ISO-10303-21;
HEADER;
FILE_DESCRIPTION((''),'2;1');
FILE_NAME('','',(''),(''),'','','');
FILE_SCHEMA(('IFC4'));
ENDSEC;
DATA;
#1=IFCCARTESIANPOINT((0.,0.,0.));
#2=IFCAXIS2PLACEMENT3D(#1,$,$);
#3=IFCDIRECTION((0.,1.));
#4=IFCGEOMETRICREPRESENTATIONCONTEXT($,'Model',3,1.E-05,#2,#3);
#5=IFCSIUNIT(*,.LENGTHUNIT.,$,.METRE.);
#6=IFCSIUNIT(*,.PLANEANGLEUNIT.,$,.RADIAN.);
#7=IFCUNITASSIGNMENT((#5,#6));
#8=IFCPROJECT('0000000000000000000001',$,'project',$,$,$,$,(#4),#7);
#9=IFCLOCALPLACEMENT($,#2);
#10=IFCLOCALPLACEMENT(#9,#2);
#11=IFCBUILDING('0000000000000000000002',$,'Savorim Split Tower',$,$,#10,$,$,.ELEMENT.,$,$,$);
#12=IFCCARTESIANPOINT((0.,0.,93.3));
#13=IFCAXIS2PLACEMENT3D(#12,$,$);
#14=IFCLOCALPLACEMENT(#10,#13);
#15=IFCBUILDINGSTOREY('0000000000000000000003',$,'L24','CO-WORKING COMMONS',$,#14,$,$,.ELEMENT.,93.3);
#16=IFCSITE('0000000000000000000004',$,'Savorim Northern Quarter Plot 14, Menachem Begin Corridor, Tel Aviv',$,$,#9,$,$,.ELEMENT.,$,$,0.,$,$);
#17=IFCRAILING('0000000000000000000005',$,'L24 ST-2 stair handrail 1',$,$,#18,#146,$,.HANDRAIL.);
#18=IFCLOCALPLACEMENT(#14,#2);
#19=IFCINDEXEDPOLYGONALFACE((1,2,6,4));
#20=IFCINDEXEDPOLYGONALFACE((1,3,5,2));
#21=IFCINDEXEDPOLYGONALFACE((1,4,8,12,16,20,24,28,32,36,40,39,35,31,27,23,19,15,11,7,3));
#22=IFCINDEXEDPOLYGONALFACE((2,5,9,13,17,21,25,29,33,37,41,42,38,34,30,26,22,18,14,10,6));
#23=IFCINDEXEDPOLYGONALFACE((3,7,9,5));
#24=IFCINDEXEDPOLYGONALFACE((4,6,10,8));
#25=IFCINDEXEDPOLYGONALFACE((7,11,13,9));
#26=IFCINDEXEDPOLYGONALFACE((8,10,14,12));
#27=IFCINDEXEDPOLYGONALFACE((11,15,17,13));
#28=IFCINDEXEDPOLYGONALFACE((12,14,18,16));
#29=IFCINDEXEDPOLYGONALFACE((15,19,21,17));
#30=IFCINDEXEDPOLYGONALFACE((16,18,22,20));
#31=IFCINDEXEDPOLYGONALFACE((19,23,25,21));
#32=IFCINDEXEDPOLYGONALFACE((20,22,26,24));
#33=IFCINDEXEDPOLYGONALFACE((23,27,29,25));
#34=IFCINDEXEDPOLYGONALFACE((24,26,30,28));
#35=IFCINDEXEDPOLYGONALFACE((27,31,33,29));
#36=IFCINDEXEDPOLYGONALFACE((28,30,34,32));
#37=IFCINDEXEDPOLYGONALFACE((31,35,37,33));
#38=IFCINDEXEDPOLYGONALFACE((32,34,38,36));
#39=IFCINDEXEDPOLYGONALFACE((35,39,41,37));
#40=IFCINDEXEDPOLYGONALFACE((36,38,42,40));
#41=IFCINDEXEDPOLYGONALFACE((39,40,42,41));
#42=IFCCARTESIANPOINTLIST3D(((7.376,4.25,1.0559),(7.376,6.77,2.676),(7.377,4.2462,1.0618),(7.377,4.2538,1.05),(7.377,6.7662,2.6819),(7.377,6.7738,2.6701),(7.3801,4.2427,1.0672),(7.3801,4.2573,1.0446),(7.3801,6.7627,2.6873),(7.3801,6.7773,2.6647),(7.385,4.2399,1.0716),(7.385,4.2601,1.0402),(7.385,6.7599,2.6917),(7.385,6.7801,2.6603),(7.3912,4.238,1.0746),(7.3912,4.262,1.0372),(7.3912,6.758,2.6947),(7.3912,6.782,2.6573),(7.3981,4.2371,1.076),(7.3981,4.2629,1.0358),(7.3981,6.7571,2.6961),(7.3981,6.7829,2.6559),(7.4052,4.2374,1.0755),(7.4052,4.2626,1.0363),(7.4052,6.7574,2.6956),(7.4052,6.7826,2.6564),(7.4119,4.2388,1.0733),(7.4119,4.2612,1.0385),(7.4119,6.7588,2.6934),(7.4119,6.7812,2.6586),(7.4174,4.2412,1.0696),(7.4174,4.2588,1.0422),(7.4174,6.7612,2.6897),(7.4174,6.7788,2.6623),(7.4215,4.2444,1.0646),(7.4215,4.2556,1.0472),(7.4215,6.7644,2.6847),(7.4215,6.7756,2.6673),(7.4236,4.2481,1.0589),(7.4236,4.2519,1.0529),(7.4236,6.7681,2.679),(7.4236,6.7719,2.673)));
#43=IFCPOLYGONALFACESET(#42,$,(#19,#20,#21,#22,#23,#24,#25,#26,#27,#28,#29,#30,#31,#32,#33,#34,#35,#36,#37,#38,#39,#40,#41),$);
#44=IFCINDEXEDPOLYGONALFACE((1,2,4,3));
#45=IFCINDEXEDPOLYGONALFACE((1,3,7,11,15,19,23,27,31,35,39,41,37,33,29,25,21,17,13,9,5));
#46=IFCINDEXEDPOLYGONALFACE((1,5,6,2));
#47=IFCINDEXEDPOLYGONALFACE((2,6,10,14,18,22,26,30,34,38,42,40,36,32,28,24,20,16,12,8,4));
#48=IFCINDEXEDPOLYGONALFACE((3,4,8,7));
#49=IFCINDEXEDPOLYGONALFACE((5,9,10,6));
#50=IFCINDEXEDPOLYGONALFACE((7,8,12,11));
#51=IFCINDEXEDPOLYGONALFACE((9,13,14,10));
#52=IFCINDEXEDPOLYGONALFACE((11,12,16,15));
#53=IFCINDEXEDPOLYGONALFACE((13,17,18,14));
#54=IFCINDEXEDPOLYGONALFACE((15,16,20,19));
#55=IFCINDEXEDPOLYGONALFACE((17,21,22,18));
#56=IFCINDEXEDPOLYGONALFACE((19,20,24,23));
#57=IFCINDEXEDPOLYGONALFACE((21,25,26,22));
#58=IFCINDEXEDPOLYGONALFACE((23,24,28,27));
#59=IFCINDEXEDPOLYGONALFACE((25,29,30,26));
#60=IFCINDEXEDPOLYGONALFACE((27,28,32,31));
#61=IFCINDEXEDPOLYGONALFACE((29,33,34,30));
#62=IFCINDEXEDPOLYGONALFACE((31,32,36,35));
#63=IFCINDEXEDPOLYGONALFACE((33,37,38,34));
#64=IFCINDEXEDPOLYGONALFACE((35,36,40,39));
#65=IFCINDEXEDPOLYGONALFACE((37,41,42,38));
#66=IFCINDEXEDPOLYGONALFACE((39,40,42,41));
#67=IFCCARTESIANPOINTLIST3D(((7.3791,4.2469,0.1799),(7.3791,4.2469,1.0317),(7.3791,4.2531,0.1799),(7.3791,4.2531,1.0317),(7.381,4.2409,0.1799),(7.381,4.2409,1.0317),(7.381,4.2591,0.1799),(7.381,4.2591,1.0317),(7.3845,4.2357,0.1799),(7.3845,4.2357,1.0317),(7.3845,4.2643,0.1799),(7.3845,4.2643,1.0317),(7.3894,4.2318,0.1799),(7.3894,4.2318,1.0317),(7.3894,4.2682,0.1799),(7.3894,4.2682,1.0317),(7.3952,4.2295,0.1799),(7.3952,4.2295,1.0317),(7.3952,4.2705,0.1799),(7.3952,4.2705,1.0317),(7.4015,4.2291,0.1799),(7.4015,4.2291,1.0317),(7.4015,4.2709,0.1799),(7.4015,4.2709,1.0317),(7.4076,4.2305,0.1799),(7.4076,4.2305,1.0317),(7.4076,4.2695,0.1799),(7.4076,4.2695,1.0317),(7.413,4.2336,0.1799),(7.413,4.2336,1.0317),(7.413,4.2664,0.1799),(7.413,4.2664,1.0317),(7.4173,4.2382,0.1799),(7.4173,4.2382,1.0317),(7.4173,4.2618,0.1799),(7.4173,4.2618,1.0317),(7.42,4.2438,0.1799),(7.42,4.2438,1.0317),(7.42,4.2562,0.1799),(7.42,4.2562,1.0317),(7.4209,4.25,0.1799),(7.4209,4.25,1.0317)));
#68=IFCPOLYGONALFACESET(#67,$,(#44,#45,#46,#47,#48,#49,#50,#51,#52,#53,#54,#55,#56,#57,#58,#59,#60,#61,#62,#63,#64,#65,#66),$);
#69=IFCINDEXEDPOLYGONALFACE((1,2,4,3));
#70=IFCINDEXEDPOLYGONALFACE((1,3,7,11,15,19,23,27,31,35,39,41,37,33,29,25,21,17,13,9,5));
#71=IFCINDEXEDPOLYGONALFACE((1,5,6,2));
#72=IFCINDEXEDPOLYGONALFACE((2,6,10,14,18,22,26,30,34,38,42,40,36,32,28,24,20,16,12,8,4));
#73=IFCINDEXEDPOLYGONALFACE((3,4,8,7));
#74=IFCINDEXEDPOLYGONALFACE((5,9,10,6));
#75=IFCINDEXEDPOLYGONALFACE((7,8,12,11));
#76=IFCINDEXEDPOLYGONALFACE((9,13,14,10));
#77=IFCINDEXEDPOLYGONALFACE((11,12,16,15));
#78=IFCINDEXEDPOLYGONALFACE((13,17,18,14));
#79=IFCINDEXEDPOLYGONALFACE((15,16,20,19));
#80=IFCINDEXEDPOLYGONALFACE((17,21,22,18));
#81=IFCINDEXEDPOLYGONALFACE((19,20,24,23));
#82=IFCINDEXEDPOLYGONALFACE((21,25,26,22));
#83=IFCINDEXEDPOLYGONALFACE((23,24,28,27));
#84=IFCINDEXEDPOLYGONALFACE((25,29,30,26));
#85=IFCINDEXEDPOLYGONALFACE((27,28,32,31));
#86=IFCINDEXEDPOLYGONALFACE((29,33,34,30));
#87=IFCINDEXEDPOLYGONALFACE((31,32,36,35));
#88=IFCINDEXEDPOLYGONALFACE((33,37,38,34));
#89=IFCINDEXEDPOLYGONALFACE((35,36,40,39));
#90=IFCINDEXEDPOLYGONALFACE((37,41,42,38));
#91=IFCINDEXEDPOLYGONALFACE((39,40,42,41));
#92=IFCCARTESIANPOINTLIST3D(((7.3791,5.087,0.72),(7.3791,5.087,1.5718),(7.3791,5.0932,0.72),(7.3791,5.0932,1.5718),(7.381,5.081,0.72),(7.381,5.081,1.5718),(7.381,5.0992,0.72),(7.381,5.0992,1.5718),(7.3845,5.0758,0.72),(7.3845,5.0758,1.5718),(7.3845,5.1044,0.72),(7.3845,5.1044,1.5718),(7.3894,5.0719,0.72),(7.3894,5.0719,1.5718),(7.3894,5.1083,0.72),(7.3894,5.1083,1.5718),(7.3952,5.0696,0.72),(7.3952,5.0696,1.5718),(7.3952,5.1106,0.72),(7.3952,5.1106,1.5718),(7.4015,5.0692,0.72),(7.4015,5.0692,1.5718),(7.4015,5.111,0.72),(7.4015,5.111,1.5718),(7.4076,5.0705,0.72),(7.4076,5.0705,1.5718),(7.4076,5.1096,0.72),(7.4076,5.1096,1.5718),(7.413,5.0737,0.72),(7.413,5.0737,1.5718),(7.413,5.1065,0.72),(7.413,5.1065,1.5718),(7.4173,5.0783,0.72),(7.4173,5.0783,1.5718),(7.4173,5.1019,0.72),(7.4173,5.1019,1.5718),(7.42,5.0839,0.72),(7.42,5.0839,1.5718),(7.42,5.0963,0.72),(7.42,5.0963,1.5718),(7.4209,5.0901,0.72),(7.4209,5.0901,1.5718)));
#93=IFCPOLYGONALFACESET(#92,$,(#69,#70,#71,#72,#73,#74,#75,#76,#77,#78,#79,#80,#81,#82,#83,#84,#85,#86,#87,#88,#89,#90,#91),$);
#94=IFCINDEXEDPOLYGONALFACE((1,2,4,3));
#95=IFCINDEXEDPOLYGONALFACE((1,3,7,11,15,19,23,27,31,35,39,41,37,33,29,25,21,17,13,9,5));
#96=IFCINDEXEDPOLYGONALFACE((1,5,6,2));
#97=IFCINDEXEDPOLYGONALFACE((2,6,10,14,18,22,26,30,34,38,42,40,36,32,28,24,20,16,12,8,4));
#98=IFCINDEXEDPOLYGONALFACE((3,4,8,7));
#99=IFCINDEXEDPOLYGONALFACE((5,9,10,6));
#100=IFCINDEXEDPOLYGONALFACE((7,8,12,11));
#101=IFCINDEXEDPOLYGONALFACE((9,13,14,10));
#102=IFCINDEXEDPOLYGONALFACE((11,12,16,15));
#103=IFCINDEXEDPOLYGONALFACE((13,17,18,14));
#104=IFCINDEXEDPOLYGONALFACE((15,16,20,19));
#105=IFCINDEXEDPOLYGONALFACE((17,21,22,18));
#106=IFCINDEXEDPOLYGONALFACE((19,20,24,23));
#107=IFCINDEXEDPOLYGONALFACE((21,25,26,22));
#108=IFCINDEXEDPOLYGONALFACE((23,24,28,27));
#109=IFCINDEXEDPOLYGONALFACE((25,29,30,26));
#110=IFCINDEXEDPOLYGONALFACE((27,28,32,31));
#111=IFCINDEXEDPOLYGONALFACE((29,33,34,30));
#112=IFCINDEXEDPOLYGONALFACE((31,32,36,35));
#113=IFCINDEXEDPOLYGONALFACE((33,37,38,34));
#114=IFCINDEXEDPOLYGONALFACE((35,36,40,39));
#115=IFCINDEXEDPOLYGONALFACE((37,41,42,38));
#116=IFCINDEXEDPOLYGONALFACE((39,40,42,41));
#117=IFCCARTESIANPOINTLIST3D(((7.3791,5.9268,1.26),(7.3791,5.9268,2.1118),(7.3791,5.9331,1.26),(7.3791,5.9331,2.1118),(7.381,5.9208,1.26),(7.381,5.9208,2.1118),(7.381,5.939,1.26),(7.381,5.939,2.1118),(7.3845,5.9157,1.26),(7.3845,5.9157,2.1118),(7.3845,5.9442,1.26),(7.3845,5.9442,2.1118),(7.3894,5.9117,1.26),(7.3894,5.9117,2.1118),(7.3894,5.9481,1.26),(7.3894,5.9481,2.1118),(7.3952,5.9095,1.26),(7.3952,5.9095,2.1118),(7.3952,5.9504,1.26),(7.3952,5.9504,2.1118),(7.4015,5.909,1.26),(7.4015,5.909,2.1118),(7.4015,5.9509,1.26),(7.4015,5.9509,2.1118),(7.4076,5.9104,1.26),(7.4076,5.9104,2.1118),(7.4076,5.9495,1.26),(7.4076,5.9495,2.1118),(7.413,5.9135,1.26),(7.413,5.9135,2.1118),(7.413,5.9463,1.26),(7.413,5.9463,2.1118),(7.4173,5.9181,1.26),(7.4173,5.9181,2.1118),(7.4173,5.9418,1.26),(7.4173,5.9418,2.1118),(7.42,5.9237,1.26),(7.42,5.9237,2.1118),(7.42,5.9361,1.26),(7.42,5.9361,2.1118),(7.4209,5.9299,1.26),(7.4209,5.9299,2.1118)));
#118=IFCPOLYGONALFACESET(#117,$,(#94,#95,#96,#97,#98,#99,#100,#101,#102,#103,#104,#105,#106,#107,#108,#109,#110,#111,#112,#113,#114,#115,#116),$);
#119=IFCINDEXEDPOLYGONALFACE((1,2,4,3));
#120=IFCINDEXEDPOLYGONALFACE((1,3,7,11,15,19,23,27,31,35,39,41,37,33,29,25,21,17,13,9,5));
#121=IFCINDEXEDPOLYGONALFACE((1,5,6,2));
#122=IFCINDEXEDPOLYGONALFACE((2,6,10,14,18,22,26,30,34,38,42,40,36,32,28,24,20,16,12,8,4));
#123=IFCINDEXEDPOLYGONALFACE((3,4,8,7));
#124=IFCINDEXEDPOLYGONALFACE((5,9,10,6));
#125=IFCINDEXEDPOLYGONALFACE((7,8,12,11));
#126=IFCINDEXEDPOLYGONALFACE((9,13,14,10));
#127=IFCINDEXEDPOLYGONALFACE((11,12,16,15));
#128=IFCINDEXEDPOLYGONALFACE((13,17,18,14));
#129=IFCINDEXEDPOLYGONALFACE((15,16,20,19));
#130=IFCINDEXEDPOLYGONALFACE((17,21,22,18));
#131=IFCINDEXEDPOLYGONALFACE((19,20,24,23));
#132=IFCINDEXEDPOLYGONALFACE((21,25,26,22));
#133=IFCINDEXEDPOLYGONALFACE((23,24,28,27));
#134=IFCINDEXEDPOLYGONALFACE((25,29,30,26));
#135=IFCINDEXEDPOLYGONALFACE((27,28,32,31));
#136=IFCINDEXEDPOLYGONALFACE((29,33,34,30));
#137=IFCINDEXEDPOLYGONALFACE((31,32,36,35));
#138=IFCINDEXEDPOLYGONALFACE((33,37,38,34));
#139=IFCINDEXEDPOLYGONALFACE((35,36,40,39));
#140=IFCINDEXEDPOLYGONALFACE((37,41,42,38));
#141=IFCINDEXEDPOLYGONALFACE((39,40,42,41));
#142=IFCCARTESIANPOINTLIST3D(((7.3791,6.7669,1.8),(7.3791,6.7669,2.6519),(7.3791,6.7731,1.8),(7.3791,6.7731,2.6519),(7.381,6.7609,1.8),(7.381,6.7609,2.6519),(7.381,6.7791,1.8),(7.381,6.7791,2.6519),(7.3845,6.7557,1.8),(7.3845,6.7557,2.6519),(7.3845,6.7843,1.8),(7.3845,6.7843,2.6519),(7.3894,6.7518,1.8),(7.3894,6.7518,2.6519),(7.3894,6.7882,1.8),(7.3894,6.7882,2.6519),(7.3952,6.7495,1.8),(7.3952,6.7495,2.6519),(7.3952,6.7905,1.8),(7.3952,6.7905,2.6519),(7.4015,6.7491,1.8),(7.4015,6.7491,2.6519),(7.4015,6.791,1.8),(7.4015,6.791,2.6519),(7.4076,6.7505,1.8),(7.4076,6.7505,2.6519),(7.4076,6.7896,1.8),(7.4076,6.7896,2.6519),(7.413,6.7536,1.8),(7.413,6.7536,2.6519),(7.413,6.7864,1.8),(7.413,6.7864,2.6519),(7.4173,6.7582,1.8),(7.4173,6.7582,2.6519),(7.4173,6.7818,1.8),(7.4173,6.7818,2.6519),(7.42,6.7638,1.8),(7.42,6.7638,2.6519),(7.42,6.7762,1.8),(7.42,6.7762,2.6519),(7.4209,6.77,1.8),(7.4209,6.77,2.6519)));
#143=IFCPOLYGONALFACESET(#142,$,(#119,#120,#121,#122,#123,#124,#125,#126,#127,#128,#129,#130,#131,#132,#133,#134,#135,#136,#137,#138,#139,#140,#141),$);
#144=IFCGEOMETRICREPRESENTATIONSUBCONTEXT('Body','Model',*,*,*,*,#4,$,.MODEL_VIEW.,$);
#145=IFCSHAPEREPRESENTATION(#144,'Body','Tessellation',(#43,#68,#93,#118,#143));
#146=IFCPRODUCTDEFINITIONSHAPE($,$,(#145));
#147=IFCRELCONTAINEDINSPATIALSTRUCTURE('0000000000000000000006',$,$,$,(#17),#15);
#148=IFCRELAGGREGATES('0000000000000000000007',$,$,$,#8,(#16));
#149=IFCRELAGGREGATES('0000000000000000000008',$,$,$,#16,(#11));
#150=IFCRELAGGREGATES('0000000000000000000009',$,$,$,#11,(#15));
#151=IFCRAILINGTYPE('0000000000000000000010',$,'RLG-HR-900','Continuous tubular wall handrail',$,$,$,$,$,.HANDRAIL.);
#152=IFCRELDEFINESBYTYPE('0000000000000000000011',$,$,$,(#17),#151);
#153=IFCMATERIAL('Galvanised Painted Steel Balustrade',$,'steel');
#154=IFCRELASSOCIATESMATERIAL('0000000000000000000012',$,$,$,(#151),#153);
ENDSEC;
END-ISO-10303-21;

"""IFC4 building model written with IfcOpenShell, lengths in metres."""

from ifc_helpers import new_model, si_unit, direction, frame, origin, origin_2d, place, context, subcontext, project, spatial, circle, extrude, material, type_object, element, save


model = new_model("IFC4")

# Units and contexts
model_context = context("Model", 3, precision=1e-05, world=origin(), true_north=direction((0.0, 1.0)))
body_context = subcontext(model_context, "Body", "Model", "MODEL_VIEW")
ifc_project = project(units=[si_unit("LENGTHUNIT", "METRE"), si_unit("PLANEANGLEUNIT", "RADIAN")], contexts=[model_context])

# Site, building, storey
site_placement = place(None, origin())
site = spatial("IfcSite", under=ifc_project, at=site_placement, Name="Savorim Northern Quarter Plot 14, Menachem Begin Corridor, Tel Aviv", CompositionType="ELEMENT", RefElevation=0.0)
building_placement = place(site_placement, origin())
building = spatial("IfcBuilding", under=site, at=building_placement, Name="Savorim Split Tower", CompositionType="ELEMENT")
storey_placement = place(building_placement, frame((0.0, 0.0, 93.3)))
storey = spatial("IfcBuildingStorey", under=building, at=storey_placement, Name="L24", Description="CO-WORKING COMMONS", CompositionType="ELEMENT", Elevation=93.3)

# Railing
ifc_material_1 = material(Name="Galvanised Painted Steel Balustrade", Category="steel")
railing_type_1 = type_object("IfcRailingType", Name="RLG-HR-900", Description="Continuous tubular wall handrail", PredefinedType="HANDRAIL", material=ifc_material_1)
railing_1_placement = place(storey_placement, frame((7.3999, 4.25, 0.1799)))
element("IfcRailing", 1, at=railing_1_placement, inside=storey, type_object=railing_type_1, Name="L24 ST-2 stair handrail 1", PredefinedType="HANDRAIL", context=body_context, shape_type="SweptSolid", body=[
    extrude(circle(Radius=0.0239, at=origin_2d()), frame((0.0, 0.0, 0.876), z_axis=(0.0, 0.841163, 0.540782), x_axis=(-1.0, 0.0, 0.0)), (0.0, 0.0, 1.0), 2.9958),
    extrude(circle(Radius=0.021, at=origin_2d()), origin(), (0.0, 0.0, 1.0), 0.8518),
    extrude(circle(Radius=0.021, at=origin_2d()), frame((0.0, 0.8401, 0.54)), (0.0, 0.0, 1.0), 0.8518),
    extrude(circle(Radius=0.021, at=origin_2d()), frame((0.0, 1.6799, 1.0801)), (0.0, 0.0, 1.0), 0.8518),
    extrude(circle(Radius=0.021, at=origin_2d()), frame((0.0, 2.52, 1.6201)), (0.0, 0.0, 1.0), 0.8518),
])

save(model, "model.ifc")
